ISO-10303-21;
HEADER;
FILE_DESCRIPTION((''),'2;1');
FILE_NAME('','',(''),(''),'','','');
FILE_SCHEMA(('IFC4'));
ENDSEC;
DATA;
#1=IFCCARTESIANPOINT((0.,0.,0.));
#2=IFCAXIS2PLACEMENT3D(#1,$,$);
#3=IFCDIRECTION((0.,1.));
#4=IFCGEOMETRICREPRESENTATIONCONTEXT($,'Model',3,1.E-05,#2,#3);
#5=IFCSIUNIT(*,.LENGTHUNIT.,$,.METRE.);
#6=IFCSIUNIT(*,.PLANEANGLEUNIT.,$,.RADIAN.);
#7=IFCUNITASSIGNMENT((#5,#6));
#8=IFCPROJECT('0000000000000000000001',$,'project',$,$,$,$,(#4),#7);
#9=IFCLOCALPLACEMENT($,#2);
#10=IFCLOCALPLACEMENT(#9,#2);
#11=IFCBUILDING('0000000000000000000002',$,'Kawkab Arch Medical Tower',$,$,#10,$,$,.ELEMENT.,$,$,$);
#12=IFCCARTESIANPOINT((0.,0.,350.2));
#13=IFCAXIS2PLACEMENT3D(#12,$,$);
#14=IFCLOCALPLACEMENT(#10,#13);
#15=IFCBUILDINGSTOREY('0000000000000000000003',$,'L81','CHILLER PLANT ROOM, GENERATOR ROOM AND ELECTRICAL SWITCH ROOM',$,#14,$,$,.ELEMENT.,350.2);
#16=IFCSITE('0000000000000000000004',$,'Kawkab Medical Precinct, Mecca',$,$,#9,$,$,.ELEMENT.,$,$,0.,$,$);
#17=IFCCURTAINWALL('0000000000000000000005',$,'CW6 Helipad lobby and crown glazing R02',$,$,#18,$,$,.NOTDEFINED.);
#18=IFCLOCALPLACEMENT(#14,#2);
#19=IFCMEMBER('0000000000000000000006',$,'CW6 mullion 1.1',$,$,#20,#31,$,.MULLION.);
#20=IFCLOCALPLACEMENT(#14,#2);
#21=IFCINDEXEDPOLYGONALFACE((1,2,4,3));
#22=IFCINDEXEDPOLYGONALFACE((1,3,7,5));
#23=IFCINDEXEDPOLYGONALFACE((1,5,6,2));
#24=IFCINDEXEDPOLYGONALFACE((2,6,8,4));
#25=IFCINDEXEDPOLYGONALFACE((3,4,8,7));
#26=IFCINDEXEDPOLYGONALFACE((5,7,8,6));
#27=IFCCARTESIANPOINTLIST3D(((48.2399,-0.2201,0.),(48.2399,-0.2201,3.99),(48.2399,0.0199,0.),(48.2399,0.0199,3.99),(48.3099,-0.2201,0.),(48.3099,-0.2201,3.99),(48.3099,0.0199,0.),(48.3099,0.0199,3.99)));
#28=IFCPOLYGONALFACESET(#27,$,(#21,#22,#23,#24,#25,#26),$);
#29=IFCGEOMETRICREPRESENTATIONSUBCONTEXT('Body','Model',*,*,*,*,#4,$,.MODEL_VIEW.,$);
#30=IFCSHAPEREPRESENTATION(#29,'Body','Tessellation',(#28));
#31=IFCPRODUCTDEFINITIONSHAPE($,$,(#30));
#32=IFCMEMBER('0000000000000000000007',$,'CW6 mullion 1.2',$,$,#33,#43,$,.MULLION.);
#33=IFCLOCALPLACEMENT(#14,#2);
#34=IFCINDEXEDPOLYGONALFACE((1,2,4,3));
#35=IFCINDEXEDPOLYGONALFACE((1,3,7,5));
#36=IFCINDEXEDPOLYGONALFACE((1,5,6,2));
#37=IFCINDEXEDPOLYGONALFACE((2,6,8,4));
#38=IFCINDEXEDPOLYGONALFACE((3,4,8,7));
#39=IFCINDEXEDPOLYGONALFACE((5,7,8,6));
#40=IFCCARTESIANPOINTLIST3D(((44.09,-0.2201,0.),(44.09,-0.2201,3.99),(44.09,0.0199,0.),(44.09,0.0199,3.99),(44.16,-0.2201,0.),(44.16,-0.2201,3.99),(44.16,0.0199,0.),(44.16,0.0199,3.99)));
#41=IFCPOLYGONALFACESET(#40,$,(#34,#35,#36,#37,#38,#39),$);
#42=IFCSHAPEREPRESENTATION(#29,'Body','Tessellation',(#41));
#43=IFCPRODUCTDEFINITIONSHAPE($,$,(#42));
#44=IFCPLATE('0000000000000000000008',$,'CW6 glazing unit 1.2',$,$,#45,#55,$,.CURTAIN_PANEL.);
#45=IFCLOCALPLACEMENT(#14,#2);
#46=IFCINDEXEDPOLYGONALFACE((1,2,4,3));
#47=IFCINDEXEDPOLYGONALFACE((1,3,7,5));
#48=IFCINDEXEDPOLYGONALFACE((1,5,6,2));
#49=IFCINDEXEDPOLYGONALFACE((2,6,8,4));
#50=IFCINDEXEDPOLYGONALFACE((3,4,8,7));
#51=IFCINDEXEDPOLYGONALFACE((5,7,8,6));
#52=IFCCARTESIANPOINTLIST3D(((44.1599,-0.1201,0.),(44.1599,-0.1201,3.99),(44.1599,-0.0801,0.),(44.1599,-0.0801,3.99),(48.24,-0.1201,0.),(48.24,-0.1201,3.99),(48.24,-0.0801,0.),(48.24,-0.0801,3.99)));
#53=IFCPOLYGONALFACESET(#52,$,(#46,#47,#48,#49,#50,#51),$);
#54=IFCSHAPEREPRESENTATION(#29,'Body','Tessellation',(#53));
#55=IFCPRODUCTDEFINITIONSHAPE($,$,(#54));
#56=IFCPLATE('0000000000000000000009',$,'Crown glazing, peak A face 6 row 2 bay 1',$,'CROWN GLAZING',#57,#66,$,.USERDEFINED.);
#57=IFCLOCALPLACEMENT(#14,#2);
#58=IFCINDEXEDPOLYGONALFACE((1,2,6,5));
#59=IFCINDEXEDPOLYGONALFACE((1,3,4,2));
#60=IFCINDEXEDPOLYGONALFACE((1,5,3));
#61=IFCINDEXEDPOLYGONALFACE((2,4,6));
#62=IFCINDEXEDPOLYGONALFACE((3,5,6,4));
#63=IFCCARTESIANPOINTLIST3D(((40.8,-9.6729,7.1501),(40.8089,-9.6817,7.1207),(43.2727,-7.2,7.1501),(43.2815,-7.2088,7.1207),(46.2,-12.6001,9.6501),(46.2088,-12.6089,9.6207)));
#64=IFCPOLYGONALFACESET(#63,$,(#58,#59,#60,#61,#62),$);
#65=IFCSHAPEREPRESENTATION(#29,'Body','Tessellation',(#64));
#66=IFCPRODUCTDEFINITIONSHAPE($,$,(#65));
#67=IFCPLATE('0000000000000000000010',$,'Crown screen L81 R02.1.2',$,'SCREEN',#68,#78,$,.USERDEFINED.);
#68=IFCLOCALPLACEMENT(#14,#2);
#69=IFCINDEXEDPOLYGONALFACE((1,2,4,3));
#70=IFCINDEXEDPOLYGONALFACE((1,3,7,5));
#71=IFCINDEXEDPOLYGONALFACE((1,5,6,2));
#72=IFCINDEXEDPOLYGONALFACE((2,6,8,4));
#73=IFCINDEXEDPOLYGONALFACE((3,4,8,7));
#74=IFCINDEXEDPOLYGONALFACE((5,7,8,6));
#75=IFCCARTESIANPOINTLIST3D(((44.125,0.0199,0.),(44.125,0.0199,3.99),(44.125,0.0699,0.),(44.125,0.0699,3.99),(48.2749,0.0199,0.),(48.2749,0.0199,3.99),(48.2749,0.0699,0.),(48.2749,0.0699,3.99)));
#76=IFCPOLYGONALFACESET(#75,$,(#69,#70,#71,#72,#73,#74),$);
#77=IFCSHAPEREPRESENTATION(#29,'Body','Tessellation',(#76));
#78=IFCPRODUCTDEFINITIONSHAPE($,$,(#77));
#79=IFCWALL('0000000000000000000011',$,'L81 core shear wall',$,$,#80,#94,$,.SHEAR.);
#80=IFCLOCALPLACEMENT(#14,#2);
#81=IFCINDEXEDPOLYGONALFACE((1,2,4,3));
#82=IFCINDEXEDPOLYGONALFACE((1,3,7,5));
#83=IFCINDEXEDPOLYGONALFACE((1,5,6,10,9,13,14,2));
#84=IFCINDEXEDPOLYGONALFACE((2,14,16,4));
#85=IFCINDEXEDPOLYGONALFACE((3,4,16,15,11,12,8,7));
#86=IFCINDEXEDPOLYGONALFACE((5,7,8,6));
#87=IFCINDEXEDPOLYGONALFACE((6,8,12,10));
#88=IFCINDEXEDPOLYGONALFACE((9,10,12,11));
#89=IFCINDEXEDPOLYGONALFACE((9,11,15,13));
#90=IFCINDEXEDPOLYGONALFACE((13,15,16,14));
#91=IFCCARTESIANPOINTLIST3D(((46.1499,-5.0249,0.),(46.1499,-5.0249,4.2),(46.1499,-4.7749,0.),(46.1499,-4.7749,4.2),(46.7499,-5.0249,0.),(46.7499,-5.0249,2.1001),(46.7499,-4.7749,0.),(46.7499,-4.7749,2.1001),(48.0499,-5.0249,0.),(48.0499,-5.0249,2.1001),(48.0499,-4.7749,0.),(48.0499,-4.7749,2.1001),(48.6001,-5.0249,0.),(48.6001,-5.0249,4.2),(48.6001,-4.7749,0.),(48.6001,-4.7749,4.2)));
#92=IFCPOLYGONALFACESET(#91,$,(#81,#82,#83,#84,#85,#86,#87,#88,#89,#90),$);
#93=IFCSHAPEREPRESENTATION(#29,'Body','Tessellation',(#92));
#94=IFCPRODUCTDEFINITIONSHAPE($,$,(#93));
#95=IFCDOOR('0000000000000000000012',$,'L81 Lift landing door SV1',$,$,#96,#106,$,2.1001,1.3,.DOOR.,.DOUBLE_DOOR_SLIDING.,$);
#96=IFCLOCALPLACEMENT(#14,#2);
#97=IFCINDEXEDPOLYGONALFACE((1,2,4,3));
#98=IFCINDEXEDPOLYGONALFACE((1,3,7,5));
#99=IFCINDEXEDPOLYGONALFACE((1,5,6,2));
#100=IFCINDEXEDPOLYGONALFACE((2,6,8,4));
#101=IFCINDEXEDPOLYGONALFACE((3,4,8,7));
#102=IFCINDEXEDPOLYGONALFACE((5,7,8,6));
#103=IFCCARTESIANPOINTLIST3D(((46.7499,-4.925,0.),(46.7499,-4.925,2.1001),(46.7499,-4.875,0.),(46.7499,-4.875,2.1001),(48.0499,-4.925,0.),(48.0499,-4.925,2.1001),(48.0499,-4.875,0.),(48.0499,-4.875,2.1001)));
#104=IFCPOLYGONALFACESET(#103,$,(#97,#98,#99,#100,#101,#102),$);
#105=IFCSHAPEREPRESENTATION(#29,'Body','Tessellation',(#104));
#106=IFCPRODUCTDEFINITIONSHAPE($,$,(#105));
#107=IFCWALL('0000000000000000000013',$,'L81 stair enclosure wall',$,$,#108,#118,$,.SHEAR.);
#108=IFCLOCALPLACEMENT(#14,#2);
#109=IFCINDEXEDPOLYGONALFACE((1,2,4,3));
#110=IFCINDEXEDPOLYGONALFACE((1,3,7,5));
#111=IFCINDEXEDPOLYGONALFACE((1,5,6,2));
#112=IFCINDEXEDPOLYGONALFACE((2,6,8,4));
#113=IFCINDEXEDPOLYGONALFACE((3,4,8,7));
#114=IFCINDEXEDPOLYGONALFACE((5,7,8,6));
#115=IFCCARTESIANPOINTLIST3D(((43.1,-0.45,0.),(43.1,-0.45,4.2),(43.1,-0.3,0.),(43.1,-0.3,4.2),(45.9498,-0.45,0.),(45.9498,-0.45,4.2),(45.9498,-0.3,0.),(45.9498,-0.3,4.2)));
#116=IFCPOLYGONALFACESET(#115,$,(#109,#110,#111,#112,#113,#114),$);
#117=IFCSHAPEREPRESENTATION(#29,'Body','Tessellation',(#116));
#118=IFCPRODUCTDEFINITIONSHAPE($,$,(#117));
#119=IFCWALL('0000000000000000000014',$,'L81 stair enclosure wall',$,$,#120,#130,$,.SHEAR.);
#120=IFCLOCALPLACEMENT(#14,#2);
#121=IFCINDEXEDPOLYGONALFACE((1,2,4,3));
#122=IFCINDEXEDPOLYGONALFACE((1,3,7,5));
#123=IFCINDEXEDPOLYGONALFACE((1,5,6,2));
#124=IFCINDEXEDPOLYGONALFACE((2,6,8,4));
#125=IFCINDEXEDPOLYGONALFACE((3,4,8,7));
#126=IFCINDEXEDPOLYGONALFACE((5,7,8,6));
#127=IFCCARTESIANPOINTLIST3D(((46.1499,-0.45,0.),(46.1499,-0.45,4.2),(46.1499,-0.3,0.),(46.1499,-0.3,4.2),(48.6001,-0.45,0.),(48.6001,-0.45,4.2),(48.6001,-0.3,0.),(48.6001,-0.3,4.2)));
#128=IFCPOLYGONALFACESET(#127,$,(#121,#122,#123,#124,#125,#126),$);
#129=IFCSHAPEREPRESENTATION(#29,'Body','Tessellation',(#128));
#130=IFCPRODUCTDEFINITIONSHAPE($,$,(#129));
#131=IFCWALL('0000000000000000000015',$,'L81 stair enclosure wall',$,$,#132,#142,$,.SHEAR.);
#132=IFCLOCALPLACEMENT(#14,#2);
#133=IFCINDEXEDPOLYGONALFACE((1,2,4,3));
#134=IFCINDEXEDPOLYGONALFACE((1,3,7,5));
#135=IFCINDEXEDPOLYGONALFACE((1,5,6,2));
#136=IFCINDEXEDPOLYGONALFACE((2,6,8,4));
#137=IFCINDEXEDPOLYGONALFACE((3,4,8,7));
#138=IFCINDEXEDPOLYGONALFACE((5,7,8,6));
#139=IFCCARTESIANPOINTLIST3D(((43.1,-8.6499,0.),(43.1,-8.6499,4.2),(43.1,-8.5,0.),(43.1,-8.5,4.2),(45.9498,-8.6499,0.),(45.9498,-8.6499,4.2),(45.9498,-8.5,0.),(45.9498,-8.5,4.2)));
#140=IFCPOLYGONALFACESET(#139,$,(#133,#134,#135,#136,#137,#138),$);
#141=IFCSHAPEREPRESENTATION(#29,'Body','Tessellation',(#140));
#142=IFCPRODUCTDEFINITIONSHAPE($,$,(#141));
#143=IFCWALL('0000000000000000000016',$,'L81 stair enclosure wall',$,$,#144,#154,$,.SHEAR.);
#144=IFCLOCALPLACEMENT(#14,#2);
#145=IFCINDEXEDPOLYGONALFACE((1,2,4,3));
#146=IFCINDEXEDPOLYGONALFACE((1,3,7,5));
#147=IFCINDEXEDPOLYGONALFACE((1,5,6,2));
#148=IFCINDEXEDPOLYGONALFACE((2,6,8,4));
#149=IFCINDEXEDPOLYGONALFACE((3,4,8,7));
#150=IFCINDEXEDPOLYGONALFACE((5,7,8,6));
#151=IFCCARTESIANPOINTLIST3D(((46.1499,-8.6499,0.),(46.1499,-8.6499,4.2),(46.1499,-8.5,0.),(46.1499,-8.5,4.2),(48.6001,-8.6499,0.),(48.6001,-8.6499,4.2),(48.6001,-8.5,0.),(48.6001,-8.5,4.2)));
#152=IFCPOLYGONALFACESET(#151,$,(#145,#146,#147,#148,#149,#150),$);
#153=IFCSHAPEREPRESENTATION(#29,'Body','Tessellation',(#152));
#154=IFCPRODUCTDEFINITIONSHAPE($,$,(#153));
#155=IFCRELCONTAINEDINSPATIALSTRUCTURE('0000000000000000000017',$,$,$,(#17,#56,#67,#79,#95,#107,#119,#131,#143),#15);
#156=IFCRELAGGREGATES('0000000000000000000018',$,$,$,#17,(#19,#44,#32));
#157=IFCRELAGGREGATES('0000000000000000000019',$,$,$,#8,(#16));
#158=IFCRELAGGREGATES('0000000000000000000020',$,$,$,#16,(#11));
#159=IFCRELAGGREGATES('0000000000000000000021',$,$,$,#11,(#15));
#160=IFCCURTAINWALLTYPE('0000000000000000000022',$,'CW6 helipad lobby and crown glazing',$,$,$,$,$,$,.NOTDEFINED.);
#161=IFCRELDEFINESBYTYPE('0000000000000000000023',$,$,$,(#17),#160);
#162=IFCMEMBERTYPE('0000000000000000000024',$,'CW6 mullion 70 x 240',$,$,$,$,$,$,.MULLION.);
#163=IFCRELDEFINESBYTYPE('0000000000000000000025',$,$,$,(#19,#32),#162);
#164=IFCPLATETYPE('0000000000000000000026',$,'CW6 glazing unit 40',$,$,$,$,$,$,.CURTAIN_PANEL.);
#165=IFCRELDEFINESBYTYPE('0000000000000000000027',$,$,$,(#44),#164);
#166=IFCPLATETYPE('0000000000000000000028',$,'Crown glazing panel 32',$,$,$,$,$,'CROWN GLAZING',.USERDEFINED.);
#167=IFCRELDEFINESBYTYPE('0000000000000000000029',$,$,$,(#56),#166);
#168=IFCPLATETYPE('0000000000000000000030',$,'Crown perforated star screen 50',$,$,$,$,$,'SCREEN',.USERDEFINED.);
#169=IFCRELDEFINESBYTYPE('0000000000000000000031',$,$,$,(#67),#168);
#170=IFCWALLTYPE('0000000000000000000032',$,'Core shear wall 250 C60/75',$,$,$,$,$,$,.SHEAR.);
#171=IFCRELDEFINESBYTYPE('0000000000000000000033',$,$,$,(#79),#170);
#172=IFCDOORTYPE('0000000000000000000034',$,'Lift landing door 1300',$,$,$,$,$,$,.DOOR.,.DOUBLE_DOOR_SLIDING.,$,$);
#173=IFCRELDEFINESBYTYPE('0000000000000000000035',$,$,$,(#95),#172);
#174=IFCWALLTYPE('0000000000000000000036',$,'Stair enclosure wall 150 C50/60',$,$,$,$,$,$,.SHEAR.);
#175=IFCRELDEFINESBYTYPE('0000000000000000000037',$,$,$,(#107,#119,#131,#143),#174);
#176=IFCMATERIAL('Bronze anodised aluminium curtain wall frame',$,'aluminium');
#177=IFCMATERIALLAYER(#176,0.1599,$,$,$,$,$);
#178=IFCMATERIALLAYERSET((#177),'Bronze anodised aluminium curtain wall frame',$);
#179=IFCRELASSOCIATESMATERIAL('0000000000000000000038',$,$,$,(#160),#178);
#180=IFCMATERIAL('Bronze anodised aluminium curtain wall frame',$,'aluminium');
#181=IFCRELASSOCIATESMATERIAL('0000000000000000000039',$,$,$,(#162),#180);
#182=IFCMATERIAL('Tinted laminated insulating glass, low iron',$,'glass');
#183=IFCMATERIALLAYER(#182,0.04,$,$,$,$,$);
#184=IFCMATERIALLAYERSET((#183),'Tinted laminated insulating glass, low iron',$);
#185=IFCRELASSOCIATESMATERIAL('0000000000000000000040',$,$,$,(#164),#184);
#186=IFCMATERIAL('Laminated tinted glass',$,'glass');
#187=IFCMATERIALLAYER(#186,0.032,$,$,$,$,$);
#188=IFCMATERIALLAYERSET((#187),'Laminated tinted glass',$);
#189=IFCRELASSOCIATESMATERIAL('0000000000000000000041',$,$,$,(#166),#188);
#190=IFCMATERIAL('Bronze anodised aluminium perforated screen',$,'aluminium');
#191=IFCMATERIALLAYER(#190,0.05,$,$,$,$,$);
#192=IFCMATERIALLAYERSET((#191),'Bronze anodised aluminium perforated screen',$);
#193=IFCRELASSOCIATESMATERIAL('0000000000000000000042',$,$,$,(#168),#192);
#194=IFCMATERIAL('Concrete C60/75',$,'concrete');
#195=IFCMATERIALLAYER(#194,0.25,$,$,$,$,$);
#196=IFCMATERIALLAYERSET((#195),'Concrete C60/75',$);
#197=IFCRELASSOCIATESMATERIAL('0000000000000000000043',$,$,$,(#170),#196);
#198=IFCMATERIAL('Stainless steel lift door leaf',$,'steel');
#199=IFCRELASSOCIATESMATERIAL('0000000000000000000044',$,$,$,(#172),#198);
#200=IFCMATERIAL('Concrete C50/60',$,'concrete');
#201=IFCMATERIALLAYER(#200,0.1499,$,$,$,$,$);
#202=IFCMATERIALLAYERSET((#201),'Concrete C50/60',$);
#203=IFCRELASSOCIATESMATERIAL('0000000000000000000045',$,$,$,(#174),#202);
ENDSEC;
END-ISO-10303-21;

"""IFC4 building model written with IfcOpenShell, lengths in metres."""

from ifc_helpers import new_model, si_unit, direction, frame, frame_2d, origin, origin_2d, place, context, subcontext, project, spatial, polyline, rectangle, outline, extrude, material, layer, layer_set, material_profile, profile_set, type_object, element, fill, aggregate, save


model = new_model("IFC4")

# Units and contexts
model_context = context("Model", 3, precision=1e-05, world=origin(), true_north=direction((0.0, 1.0)))
body_context = subcontext(model_context, "Body", "Model", "MODEL_VIEW")
ifc_project = project(units=[si_unit("LENGTHUNIT", "METRE"), si_unit("PLANEANGLEUNIT", "RADIAN")], contexts=[model_context])

# Site, building, storey
site_placement = place(None, origin())
site = spatial("IfcSite", under=ifc_project, at=site_placement, Name="Kawkab Medical Precinct, Mecca", CompositionType="ELEMENT", RefElevation=0.0)
building_placement = place(site_placement, origin())
building = spatial("IfcBuilding", under=site, at=building_placement, Name="Kawkab Arch Medical Tower", CompositionType="ELEMENT")
storey_placement = place(building_placement, frame((0.0, 0.0, 350.2)))
storey = spatial("IfcBuildingStorey", under=building, at=storey_placement, Name="L81", Description="CHILLER PLANT ROOM, GENERATOR ROOM AND ELECTRICAL SWITCH ROOM", CompositionType="ELEMENT", Elevation=350.2)

# Curtain wall, members, plate
ifc_material_1 = material(Name="Bronze anodised aluminium curtain wall frame", Category="aluminium")
ifc_layer_1 = layer(ifc_material_1, 0.1599)
ifc_layer_set_1 = layer_set([ifc_layer_1], Name="Bronze anodised aluminium curtain wall frame")
curtain_wall_type = type_object("IfcCurtainWallType", Name="CW6 helipad lobby and crown glazing", PredefinedType="NOTDEFINED", material=ifc_layer_set_1)
curtain_wall_placement = place(storey_placement, origin())
curtain_wall = element("IfcCurtainWall", 1, at=curtain_wall_placement, inside=storey, type_object=curtain_wall_type, Name="CW6 Helipad lobby and crown glazing R02", PredefinedType="NOTDEFINED")
ifc_material_2 = material(Name="Bronze anodised aluminium curtain wall frame", Category="aluminium")
ifc_material_profile = material_profile(ifc_material_2, rectangle(XDim=0.24, YDim=0.0701, at=origin_2d()), Name="AL 70x240")
ifc_profile_set = profile_set([ifc_material_profile], Name="Bronze anodised aluminium curtain wall frame")
member_type = type_object("IfcMemberType", Name="CW6 mullion 70 x 240", PredefinedType="MULLION", material=ifc_profile_set)
member_1_placement = place(storey_placement, frame((48.2749, -0.1001, 0.0), z_axis=(0.0, 0.0, 1.0), x_axis=(0.0, -1.0, 0.0)))
member_1 = element("IfcMember", 2, at=member_1_placement, type_object=member_type, Name="CW6 mullion 1.1", PredefinedType="MULLION", context=body_context, shape_type="SweptSolid", body=[
    extrude(rectangle(XDim=0.24, YDim=0.0701, at=origin_2d()), origin(), (0.0, 0.0, 1.0), 3.99),
])
member_2_placement = place(storey_placement, frame((44.125, -0.1001, 0.0), z_axis=(0.0, 0.0, 1.0), x_axis=(0.0, -1.0, 0.0)))
member_2 = element("IfcMember", 3, at=member_2_placement, type_object=member_type, Name="CW6 mullion 1.2", PredefinedType="MULLION", context=body_context, shape_type="SweptSolid", body=[
    extrude(rectangle(XDim=0.24, YDim=0.0701, at=origin_2d()), origin(), (0.0, 0.0, 1.0), 3.99),
])
ifc_material_3 = material(Name="Tinted laminated insulating glass, low iron", Category="glass")
ifc_layer_2 = layer(ifc_material_3, 0.04)
ifc_layer_set_2 = layer_set([ifc_layer_2], Name="Tinted laminated insulating glass, low iron")
plate_type_1 = type_object("IfcPlateType", Name="CW6 glazing unit 40", PredefinedType="CURTAIN_PANEL", material=ifc_layer_set_2)
plate_1_placement = place(storey_placement, frame((46.2, -0.1001, 0.0), z_axis=(0.0, 0.0, 1.0), x_axis=(-1.0, 0.0, 0.0)))
plate_1 = element("IfcPlate", 4, at=plate_1_placement, type_object=plate_type_1, Name="CW6 glazing unit 1.2", PredefinedType="CURTAIN_PANEL", context=body_context, shape_type="SweptSolid", body=[
    extrude(rectangle(XDim=4.0801, YDim=0.04, at=origin_2d()), origin(), (0.0, 0.0, 1.0), 3.99),
])
aggregate(curtain_wall, [member_1, plate_1, member_2])

# Plates
ifc_material_4 = material(Name="Laminated tinted glass", Category="glass")
ifc_layer_3 = layer(ifc_material_4, 0.032)
ifc_layer_set_3 = layer_set([ifc_layer_3], Name="Laminated tinted glass")
plate_type_2 = type_object("IfcPlateType", Name="Crown glazing panel 32", ElementType="CROWN GLAZING", PredefinedType="USERDEFINED", material=ifc_layer_set_3)
plate_2_placement = place(storey_placement, frame((43.2727, -7.2, 7.1501), z_axis=(-0.276356, 0.276329, 0.920472), x_axis=(-0.707072, -0.707142, 0.0)))
element("IfcPlate", 5, at=plate_2_placement, inside=storey, type_object=plate_type_2, Name="Crown glazing, peak A face 6 row 2 bay 1", ObjectType="CROWN GLAZING", PredefinedType="USERDEFINED", context=body_context, shape_type="SweptSolid", body=[
    extrude(outline(polyline([(0.0, 0.0), (3.497, 0.0), (1.7489, 6.397), (0.0, 0.0)])), origin(), (0.0, 0.0, -1.0), 0.032),
])
ifc_material_5 = material(Name="Bronze anodised aluminium perforated screen", Category="aluminium")
ifc_layer_4 = layer(ifc_material_5, 0.05)
ifc_layer_set_4 = layer_set([ifc_layer_4], Name="Bronze anodised aluminium perforated screen")
plate_type_3 = type_object("IfcPlateType", Name="Crown perforated star screen 50", ElementType="SCREEN", PredefinedType="USERDEFINED", material=ifc_layer_set_4)
plate_3_placement = place(storey_placement, frame((46.2, 0.0449, 0.0), z_axis=(0.0, 0.0, 1.0), x_axis=(-1.0, 0.0, 0.0)))
element("IfcPlate", 6, at=plate_3_placement, inside=storey, type_object=plate_type_3, Name="Crown screen L81 R02.1.2", ObjectType="SCREEN", PredefinedType="USERDEFINED", context=body_context, shape_type="SweptSolid", body=[
    extrude(rectangle(XDim=4.1499, YDim=0.05, at=origin_2d()), origin(), (0.0, 0.0, 1.0), 3.99),
])

# Wall, opening, door
ifc_material_6 = material(Name="Concrete C60/75", Category="concrete")
ifc_layer_5 = layer(ifc_material_6, 0.25)
ifc_layer_set_5 = layer_set([ifc_layer_5], Name="Concrete C60/75")
wall_type_1 = type_object("IfcWallType", Name="Core shear wall 250 C60/75", PredefinedType="SHEAR", material=ifc_layer_set_5)
wall_1_placement = place(storey_placement, frame((46.1499, -4.8999, 0.0), z_axis=(0.0, 0.0, 1.0), x_axis=(1.0, 0.0, 0.0)))
wall_1 = element("IfcWall", 7, at=wall_1_placement, inside=storey, type_object=wall_type_1, Name="L81 core shear wall", PredefinedType="SHEAR", context=body_context, shape_type="SweptSolid", body=[
    extrude(rectangle(XDim=2.4502, YDim=0.25, at=frame_2d((1.2251, 0.0))), origin(), (0.0, 0.0, 1.0), 4.2),
])
opening_1_placement = place(wall_1_placement, frame((0.6001, 0.0, 0.0)))
opening_1 = element("IfcOpeningElement", 8, at=opening_1_placement, cuts=wall_1, PredefinedType="OPENING", context=body_context, shape_type="SweptSolid", body=[
    extrude(rectangle(XDim=1.3, YDim=2.1001, at=frame_2d((0.6499, 1.05))), frame((0.0, 0.135, 0.0), z_axis=(0.0, -1.0, 0.0), x_axis=(1.0, 0.0, 0.0)), (0.0, 0.0, 1.0), 0.27),
])
ifc_material_7 = material(Name="Stainless steel lift door leaf", Category="steel")
door_type_1 = type_object("IfcDoorType", Name="Lift landing door 1300", OperationType="DOUBLE_DOOR_SLIDING", PredefinedType="DOOR", material=ifc_material_7)
door_1_placement = place(opening_1_placement, origin())
door_1 = element("IfcDoor", 9, at=door_1_placement, inside=storey, type_object=door_type_1, Name="L81 Lift landing door SV1", OperationType="DOUBLE_DOOR_SLIDING", OverallHeight=2.1001, OverallWidth=1.3, PredefinedType="DOOR", context=body_context, shape_type="SweptSolid", body=[
    extrude(rectangle(XDim=1.3, YDim=2.1001, at=frame_2d((0.6499, 1.05))), frame((0.0, 0.0249, 0.0), z_axis=(0.0, -1.0, 0.0), x_axis=(1.0, 0.0, 0.0)), (0.0, 0.0, 1.0), 0.05),
])
fill(opening_1, door_1)

# Walls
ifc_material_8 = material(Name="Concrete C50/60", Category="concrete")
ifc_layer_6 = layer(ifc_material_8, 0.1499)
ifc_layer_set_6 = layer_set([ifc_layer_6], Name="Concrete C50/60")
wall_type_2 = type_object("IfcWallType", Name="Stair enclosure wall 150 C50/60", PredefinedType="SHEAR", material=ifc_layer_set_6)
wall_2_placement = place(storey_placement, frame((43.1001, -0.375, 0.0), z_axis=(0.0, 0.0, 1.0), x_axis=(1.0, 0.0, 0.0)))
element("IfcWall", 10, at=wall_2_placement, inside=storey, type_object=wall_type_2, Name="L81 stair enclosure wall", PredefinedType="SHEAR", context=body_context, shape_type="SweptSolid", body=[
    extrude(rectangle(XDim=2.8499, YDim=0.1499, at=frame_2d((1.4248, 0.0))), origin(), (0.0, 0.0, 1.0), 4.2),
])
wall_3_placement = place(storey_placement, frame((46.1499, -0.375, 0.0), z_axis=(0.0, 0.0, 1.0), x_axis=(1.0, 0.0, 0.0)))
element("IfcWall", 11, at=wall_3_placement, inside=storey, type_object=wall_type_2, Name="L81 stair enclosure wall", PredefinedType="SHEAR", context=body_context, shape_type="SweptSolid", body=[
    extrude(rectangle(XDim=2.4502, YDim=0.1499, at=frame_2d((1.2251, 0.0))), origin(), (0.0, 0.0, 1.0), 4.2),
])
wall_4_placement = place(storey_placement, frame((43.1001, -8.575, 0.0), z_axis=(0.0, 0.0, 1.0), x_axis=(1.0, 0.0, 0.0)))
element("IfcWall", 12, at=wall_4_placement, inside=storey, type_object=wall_type_2, Name="L81 stair enclosure wall", PredefinedType="SHEAR", context=body_context, shape_type="SweptSolid", body=[
    extrude(rectangle(XDim=2.8499, YDim=0.1499, at=frame_2d((1.4248, 0.0))), origin(), (0.0, 0.0, 1.0), 4.2),
])
wall_5_placement = place(storey_placement, frame((46.1499, -8.575, 0.0), z_axis=(0.0, 0.0, 1.0), x_axis=(1.0, 0.0, 0.0)))
element("IfcWall", 13, at=wall_5_placement, inside=storey, type_object=wall_type_2, Name="L81 stair enclosure wall", PredefinedType="SHEAR", context=body_context, shape_type="SweptSolid", body=[
    extrude(rectangle(XDim=2.4502, YDim=0.1499, at=frame_2d((1.2251, 0.0))), origin(), (0.0, 0.0, 1.0), 4.2),
])

save(model, "model.ifc")
